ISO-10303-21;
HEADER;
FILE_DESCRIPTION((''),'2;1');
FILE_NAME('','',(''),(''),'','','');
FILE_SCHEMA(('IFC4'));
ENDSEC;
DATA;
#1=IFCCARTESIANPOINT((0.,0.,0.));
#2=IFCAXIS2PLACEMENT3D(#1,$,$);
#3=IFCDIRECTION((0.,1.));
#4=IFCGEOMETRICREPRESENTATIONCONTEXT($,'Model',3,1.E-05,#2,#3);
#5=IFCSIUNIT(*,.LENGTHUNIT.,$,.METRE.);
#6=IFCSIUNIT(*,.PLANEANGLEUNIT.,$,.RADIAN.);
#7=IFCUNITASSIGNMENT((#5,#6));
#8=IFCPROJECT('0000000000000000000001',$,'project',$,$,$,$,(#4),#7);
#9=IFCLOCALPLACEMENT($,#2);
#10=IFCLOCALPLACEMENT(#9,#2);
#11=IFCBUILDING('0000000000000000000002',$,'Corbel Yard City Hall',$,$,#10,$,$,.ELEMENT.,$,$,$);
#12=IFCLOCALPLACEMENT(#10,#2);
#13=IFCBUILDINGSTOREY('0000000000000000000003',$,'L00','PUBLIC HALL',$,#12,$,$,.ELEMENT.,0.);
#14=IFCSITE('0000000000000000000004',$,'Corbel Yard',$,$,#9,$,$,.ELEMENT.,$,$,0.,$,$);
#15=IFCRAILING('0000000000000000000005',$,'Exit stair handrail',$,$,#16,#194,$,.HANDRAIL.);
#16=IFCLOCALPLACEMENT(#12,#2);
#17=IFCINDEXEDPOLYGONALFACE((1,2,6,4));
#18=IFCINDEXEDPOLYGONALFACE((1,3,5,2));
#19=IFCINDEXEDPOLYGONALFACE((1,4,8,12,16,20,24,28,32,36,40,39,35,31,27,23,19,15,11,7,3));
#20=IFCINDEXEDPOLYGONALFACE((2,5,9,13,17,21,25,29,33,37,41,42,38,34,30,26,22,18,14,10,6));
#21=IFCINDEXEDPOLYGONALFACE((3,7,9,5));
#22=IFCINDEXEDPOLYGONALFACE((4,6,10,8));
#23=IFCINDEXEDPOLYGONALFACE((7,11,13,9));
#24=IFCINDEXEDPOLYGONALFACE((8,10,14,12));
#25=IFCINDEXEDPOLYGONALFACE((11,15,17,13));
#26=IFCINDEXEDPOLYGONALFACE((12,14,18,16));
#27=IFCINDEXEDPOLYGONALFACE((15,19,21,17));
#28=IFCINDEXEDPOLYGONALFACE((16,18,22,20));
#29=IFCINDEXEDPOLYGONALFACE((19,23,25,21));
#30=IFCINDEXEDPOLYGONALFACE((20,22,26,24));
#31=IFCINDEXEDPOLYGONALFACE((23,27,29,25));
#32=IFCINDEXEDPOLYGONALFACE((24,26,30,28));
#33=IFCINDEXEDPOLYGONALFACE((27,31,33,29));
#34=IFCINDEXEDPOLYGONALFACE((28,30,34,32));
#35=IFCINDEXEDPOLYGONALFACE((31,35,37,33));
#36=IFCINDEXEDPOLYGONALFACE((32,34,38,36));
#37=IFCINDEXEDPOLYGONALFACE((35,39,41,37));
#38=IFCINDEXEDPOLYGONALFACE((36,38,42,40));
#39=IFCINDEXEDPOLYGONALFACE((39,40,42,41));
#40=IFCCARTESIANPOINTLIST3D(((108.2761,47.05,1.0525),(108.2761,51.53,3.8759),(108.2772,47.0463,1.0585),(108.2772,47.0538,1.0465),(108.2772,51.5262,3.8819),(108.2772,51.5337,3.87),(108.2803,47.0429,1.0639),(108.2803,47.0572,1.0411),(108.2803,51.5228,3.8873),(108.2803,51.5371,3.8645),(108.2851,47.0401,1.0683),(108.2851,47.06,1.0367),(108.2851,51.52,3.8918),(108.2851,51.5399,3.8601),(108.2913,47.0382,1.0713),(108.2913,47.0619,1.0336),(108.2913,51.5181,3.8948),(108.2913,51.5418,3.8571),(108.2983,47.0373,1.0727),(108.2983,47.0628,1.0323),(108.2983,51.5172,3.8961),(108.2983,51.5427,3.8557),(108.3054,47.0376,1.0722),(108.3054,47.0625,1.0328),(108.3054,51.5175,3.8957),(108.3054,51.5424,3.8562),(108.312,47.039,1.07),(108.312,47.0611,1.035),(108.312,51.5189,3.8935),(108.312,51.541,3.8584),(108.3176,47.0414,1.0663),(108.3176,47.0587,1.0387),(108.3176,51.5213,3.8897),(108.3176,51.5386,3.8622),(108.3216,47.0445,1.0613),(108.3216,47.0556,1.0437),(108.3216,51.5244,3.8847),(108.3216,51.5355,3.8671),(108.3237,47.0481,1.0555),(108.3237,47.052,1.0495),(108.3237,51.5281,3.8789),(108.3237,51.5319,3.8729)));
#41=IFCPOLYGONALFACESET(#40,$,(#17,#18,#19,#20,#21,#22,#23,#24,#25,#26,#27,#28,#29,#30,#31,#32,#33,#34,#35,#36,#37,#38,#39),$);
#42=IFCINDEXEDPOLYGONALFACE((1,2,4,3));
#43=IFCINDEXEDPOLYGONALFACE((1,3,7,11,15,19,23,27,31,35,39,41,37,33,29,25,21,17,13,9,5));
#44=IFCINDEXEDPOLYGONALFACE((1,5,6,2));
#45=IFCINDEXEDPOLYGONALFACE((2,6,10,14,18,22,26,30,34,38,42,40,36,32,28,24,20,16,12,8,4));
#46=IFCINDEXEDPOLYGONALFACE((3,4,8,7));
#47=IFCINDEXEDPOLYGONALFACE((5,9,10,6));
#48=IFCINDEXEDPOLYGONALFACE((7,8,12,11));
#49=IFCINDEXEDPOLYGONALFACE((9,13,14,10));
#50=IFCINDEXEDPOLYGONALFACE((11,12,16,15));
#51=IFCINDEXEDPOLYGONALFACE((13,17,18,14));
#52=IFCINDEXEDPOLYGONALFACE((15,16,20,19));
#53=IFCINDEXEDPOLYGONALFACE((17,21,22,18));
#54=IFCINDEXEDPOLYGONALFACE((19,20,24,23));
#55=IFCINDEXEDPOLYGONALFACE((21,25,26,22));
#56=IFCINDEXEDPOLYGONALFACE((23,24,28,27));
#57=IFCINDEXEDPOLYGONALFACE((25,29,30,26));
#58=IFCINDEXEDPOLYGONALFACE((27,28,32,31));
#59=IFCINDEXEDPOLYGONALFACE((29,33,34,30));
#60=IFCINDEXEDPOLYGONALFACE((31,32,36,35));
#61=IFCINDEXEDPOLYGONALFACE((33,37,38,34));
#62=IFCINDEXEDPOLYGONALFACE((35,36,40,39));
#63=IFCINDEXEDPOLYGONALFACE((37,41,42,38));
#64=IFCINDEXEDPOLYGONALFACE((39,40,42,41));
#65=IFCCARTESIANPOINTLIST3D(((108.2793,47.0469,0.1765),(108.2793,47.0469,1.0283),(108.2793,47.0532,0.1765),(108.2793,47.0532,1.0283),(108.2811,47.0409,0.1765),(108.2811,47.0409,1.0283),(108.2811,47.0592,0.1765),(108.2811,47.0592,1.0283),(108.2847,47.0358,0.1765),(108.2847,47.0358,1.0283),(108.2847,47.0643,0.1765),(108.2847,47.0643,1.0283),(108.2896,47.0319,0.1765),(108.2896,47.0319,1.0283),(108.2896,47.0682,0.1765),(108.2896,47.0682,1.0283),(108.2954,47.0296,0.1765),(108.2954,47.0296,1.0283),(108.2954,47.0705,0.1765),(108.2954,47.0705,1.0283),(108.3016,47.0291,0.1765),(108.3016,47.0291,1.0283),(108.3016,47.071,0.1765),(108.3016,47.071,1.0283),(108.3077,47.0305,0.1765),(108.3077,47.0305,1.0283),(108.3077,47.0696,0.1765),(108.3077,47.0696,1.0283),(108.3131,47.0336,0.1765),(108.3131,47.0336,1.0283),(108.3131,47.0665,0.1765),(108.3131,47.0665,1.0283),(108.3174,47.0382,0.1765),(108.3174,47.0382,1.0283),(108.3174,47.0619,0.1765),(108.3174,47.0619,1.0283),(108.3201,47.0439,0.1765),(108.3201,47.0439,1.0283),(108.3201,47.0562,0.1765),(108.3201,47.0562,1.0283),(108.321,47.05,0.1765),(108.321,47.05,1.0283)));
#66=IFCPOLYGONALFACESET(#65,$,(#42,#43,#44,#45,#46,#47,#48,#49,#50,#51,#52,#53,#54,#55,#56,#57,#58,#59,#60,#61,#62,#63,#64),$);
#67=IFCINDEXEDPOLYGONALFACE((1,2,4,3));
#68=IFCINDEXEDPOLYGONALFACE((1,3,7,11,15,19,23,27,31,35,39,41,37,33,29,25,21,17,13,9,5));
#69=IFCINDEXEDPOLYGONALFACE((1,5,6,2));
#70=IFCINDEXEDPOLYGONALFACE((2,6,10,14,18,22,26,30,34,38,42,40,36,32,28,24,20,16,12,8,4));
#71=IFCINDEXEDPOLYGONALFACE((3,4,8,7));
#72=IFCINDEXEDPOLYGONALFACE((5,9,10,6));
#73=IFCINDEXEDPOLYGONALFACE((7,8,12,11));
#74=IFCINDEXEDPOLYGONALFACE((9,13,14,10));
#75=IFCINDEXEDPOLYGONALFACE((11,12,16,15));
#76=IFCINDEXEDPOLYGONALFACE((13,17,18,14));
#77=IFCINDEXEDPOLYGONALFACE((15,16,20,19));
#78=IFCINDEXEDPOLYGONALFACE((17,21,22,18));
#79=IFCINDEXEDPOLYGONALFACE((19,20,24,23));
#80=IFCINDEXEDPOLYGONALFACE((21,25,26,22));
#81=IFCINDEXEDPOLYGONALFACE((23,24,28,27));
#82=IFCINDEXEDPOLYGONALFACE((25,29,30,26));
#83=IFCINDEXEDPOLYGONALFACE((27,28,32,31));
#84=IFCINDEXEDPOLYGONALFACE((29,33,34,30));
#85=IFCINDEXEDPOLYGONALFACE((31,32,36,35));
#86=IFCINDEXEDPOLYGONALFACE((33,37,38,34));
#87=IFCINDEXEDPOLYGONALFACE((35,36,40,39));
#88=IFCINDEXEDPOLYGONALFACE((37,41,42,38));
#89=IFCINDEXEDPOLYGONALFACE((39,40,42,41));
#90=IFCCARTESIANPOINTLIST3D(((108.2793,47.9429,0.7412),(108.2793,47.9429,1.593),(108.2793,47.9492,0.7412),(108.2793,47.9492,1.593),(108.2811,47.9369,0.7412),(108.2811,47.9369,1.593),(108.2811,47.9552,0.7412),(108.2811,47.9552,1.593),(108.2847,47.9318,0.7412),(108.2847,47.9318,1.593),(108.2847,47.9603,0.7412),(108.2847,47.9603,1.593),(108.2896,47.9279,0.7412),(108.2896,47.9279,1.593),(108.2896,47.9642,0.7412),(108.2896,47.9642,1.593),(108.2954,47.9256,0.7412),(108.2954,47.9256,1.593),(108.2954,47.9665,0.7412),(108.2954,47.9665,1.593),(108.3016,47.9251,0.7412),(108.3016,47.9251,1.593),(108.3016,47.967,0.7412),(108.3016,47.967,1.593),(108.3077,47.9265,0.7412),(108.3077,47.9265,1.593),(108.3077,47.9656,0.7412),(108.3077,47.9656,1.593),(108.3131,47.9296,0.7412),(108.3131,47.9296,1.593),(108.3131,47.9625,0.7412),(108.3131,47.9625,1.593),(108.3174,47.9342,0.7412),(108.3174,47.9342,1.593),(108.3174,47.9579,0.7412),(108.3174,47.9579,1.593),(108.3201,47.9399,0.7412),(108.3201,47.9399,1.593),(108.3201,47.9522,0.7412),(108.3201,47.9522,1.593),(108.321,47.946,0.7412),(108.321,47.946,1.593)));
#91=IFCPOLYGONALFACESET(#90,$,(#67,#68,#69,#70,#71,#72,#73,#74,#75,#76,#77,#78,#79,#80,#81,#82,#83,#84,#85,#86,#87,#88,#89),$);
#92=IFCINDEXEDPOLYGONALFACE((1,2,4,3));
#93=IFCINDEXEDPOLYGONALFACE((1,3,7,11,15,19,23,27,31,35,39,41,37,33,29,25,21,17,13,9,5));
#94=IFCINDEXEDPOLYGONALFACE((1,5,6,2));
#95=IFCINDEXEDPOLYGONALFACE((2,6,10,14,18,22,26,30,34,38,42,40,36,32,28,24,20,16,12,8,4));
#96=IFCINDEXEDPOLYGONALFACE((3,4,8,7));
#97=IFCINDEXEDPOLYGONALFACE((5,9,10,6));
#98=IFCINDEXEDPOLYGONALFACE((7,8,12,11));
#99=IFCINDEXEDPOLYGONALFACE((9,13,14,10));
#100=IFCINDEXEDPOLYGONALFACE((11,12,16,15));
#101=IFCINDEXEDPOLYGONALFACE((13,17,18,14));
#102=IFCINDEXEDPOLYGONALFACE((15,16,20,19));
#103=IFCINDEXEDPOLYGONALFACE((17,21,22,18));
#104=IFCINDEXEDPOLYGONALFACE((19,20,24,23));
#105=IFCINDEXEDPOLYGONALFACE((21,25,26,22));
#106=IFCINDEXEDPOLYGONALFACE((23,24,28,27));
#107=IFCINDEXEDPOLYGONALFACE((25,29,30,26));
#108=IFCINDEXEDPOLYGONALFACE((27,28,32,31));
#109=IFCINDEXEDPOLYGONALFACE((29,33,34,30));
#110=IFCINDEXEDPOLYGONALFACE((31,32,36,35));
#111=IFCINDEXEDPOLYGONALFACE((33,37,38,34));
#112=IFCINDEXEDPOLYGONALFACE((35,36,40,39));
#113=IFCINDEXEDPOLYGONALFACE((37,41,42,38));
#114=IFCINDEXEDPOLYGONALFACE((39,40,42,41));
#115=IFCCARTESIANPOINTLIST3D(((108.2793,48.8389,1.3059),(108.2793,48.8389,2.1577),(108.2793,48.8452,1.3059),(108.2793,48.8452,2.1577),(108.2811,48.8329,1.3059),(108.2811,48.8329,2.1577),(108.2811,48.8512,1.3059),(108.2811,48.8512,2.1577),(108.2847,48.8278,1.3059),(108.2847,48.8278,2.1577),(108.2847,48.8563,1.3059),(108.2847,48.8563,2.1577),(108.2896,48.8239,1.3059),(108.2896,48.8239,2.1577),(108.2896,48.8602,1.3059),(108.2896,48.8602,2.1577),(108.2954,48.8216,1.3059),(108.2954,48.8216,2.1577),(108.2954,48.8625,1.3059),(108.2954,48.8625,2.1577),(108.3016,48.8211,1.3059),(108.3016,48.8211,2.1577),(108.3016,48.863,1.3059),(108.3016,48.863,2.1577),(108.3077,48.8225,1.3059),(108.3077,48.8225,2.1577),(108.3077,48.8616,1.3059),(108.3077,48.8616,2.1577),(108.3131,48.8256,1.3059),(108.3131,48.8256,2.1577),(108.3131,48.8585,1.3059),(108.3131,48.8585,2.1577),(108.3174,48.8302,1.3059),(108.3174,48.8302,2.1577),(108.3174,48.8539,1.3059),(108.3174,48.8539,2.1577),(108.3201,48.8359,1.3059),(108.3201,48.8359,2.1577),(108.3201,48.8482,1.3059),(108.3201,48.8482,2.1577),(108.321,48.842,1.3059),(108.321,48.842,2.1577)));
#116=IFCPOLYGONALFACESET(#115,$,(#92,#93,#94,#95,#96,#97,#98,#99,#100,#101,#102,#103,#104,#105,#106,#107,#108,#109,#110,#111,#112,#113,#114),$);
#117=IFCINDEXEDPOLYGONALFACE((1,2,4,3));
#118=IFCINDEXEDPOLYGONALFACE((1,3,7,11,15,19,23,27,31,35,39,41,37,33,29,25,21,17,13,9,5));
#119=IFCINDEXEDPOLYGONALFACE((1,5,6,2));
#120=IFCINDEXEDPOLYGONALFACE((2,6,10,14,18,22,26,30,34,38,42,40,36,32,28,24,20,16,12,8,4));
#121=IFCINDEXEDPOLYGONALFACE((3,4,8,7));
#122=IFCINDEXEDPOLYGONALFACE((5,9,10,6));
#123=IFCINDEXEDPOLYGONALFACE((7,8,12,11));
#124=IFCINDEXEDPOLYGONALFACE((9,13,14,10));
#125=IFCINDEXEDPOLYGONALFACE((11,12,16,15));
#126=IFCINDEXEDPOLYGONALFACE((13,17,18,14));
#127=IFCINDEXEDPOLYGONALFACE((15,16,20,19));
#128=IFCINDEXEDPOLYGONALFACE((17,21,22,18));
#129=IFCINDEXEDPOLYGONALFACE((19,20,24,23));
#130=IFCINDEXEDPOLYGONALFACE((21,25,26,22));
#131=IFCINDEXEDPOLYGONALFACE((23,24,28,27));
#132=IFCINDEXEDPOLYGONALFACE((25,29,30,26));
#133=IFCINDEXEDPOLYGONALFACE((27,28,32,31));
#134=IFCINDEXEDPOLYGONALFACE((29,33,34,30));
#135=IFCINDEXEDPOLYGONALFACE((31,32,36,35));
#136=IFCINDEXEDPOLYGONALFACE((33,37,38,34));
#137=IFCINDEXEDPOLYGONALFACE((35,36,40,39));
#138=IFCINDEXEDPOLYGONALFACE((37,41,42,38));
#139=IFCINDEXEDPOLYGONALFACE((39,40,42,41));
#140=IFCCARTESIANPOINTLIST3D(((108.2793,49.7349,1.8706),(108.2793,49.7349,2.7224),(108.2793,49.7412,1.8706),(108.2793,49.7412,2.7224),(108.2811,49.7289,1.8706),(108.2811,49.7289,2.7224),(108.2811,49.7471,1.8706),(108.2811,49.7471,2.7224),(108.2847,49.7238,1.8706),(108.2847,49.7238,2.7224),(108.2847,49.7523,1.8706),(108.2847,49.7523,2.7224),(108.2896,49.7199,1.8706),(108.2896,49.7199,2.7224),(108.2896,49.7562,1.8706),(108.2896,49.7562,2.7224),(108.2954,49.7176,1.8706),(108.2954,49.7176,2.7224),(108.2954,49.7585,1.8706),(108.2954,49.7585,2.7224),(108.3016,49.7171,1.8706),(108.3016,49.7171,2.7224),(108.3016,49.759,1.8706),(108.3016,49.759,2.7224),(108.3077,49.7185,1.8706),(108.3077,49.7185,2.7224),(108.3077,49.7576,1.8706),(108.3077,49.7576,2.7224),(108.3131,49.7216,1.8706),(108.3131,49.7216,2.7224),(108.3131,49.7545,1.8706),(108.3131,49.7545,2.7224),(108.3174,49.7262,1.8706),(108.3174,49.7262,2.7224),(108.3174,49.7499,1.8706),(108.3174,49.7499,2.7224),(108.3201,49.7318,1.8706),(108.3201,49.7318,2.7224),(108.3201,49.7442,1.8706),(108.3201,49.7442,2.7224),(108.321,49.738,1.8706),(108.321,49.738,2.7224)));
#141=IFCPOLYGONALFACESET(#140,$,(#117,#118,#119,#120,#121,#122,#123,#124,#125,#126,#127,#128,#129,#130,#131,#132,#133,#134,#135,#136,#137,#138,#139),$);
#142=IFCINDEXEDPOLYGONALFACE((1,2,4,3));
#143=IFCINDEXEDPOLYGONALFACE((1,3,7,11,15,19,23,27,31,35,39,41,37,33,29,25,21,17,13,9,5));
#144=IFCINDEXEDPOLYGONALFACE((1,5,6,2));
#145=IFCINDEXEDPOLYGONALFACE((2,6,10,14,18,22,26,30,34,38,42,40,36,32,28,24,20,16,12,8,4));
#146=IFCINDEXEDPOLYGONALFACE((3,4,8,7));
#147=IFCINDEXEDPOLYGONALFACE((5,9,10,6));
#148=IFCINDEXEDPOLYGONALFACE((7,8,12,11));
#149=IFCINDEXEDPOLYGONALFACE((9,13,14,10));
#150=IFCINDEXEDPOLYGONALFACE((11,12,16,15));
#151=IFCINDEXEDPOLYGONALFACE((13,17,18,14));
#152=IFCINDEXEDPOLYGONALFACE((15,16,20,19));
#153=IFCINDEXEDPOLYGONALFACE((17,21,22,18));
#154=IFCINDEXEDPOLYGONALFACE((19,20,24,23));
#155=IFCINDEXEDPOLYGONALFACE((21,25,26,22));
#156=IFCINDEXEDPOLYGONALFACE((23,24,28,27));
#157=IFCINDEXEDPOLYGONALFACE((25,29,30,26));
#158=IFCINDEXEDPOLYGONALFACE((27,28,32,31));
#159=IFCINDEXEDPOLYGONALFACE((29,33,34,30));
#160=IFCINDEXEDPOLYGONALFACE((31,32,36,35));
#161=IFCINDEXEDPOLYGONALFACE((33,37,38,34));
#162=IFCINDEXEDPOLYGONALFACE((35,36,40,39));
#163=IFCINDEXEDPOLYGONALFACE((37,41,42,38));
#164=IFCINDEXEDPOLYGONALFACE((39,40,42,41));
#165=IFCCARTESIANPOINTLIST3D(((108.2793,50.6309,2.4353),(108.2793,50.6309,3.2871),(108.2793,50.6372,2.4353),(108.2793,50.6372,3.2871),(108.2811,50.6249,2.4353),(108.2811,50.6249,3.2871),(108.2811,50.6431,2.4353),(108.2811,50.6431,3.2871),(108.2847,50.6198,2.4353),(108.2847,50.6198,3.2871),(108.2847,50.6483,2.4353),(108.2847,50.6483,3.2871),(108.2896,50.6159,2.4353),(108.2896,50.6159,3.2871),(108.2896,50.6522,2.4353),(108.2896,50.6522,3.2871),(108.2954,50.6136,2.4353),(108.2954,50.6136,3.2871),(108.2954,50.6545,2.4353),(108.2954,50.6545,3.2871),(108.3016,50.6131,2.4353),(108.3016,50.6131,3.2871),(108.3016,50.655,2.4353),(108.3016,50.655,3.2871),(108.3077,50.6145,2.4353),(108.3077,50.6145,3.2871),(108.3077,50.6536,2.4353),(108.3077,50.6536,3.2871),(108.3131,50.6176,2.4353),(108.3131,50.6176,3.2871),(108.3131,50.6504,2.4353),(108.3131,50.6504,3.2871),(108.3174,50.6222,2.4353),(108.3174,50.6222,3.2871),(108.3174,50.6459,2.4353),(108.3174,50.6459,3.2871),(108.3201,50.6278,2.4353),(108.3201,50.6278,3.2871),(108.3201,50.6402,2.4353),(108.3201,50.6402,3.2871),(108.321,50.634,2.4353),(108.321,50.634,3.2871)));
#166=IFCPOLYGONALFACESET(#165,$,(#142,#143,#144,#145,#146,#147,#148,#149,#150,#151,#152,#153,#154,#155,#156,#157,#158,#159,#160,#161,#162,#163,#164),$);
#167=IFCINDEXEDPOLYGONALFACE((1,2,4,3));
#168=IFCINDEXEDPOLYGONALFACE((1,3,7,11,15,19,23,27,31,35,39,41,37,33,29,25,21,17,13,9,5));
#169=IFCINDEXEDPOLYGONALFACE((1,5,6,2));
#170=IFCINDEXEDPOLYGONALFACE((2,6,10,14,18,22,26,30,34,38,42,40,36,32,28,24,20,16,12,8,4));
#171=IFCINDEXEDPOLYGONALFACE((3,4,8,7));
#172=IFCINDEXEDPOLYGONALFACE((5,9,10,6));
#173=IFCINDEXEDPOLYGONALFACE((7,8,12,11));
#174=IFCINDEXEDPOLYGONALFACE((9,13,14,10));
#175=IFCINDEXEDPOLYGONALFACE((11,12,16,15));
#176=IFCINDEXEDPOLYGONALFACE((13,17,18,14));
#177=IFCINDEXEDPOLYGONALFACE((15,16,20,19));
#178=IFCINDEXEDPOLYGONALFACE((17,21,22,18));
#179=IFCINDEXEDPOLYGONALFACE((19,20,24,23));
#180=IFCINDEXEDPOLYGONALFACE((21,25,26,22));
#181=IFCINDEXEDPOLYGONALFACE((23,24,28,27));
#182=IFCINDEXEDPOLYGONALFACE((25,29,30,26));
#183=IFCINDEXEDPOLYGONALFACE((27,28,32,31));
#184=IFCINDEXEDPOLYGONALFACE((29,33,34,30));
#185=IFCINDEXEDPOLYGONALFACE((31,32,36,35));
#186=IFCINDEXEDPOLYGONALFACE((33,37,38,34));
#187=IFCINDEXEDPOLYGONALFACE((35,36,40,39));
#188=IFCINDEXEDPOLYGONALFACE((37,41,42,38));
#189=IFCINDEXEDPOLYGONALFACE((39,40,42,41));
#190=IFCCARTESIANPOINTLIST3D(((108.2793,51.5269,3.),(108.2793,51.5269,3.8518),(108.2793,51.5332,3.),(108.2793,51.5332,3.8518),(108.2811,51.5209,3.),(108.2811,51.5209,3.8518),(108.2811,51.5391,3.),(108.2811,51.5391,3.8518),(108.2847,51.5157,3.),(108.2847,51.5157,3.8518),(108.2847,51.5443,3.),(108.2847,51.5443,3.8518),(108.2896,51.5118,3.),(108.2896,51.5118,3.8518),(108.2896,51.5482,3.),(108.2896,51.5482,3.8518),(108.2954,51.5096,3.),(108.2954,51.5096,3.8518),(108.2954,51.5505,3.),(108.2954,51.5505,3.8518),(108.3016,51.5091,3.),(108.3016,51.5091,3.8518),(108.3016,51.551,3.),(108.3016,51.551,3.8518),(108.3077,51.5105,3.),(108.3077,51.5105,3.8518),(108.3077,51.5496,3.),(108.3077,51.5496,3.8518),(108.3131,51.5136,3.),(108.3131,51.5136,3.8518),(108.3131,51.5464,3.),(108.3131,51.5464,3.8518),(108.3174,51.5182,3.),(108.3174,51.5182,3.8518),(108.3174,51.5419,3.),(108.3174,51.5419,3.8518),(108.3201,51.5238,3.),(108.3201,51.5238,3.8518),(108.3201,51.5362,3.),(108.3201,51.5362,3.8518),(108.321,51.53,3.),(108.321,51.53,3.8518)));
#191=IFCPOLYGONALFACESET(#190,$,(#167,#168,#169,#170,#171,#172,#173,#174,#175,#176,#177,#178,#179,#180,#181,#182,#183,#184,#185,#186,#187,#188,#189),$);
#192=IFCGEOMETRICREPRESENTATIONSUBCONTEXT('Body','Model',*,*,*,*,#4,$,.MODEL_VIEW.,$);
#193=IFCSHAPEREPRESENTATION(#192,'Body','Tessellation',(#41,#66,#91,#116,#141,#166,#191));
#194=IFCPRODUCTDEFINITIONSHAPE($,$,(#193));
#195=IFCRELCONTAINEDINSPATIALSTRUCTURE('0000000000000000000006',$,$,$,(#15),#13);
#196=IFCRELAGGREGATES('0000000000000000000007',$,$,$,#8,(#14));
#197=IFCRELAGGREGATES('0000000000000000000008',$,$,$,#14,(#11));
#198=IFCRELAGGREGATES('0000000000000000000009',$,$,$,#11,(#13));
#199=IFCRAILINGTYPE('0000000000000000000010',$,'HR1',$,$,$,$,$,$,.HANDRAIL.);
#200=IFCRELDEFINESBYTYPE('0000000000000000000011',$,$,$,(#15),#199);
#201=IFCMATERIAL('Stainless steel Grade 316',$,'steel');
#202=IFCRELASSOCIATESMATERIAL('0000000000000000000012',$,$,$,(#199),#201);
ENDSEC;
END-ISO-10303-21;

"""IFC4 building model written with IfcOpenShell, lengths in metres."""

from ifc_helpers import new_model, si_unit, direction, frame, origin, origin_2d, place, context, subcontext, project, spatial, circle, extrude, material, type_object, element, save


model = new_model("IFC4")

# Units and contexts
model_context = context("Model", 3, precision=1e-05, world=origin(), true_north=direction((0.0, 1.0)))
body_context = subcontext(model_context, "Body", "Model", "MODEL_VIEW")
ifc_project = project(units=[si_unit("LENGTHUNIT", "METRE"), si_unit("PLANEANGLEUNIT", "RADIAN")], contexts=[model_context])

# Site, building, storey
site_placement = place(None, origin())
site = spatial("IfcSite", under=ifc_project, at=site_placement, Name="Corbel Yard", CompositionType="ELEMENT", RefElevation=0.0)
building_placement = place(site_placement, origin())
building = spatial("IfcBuilding", under=site, at=building_placement, Name="Corbel Yard City Hall", CompositionType="ELEMENT")
storey_placement = place(building_placement, origin())
storey = spatial("IfcBuildingStorey", under=building, at=storey_placement, Name="L00", Description="PUBLIC HALL", CompositionType="ELEMENT", Elevation=0.0)

# Shared definitions
ifc_material_1 = material(Name="Stainless steel Grade 316", Category="steel")

# Railing
railing_type = type_object("IfcRailingType", Name="HR1", PredefinedType="HANDRAIL", material=ifc_material_1)
for number, where, name in (
    (1, (108.3, 47.05, 0.1765), "Exit stair handrail"),
):
    element("IfcRailing", number, at=place(storey_placement, frame(where)), inside=storey, type_object=railing_type, Name=name, PredefinedType="HANDRAIL", context=body_context, shape_type="SweptSolid", body=[
        extrude(circle(Radius=0.0239, at=origin_2d()), frame((0.0, 0.0, 0.876), z_axis=(0.0, 0.845998, 0.533186), x_axis=(-1.0, 0.0, 0.0)), (0.0, 0.0, 1.0), 5.2954),
        extrude(circle(Radius=0.021, at=origin_2d()), origin(), (0.0, 0.0, 1.0), 0.8518),
        extrude(circle(Radius=0.021, at=origin_2d()), frame((0.0, 0.896, 0.5647)), (0.0, 0.0, 1.0), 0.8518),
        extrude(circle(Radius=0.021, at=origin_2d()), frame((0.0, 1.792, 1.1294)), (0.0, 0.0, 1.0), 0.8518),
        extrude(circle(Radius=0.021, at=origin_2d()), frame((0.0, 2.688, 1.6941)), (0.0, 0.0, 1.0), 0.8518),
        extrude(circle(Radius=0.021, at=origin_2d()), frame((0.0, 3.584, 2.2588)), (0.0, 0.0, 1.0), 0.8518),
        extrude(circle(Radius=0.021, at=origin_2d()), frame((0.0, 4.48, 2.8235)), (0.0, 0.0, 1.0), 0.8518),
    ])

save(model, "model.ifc")
